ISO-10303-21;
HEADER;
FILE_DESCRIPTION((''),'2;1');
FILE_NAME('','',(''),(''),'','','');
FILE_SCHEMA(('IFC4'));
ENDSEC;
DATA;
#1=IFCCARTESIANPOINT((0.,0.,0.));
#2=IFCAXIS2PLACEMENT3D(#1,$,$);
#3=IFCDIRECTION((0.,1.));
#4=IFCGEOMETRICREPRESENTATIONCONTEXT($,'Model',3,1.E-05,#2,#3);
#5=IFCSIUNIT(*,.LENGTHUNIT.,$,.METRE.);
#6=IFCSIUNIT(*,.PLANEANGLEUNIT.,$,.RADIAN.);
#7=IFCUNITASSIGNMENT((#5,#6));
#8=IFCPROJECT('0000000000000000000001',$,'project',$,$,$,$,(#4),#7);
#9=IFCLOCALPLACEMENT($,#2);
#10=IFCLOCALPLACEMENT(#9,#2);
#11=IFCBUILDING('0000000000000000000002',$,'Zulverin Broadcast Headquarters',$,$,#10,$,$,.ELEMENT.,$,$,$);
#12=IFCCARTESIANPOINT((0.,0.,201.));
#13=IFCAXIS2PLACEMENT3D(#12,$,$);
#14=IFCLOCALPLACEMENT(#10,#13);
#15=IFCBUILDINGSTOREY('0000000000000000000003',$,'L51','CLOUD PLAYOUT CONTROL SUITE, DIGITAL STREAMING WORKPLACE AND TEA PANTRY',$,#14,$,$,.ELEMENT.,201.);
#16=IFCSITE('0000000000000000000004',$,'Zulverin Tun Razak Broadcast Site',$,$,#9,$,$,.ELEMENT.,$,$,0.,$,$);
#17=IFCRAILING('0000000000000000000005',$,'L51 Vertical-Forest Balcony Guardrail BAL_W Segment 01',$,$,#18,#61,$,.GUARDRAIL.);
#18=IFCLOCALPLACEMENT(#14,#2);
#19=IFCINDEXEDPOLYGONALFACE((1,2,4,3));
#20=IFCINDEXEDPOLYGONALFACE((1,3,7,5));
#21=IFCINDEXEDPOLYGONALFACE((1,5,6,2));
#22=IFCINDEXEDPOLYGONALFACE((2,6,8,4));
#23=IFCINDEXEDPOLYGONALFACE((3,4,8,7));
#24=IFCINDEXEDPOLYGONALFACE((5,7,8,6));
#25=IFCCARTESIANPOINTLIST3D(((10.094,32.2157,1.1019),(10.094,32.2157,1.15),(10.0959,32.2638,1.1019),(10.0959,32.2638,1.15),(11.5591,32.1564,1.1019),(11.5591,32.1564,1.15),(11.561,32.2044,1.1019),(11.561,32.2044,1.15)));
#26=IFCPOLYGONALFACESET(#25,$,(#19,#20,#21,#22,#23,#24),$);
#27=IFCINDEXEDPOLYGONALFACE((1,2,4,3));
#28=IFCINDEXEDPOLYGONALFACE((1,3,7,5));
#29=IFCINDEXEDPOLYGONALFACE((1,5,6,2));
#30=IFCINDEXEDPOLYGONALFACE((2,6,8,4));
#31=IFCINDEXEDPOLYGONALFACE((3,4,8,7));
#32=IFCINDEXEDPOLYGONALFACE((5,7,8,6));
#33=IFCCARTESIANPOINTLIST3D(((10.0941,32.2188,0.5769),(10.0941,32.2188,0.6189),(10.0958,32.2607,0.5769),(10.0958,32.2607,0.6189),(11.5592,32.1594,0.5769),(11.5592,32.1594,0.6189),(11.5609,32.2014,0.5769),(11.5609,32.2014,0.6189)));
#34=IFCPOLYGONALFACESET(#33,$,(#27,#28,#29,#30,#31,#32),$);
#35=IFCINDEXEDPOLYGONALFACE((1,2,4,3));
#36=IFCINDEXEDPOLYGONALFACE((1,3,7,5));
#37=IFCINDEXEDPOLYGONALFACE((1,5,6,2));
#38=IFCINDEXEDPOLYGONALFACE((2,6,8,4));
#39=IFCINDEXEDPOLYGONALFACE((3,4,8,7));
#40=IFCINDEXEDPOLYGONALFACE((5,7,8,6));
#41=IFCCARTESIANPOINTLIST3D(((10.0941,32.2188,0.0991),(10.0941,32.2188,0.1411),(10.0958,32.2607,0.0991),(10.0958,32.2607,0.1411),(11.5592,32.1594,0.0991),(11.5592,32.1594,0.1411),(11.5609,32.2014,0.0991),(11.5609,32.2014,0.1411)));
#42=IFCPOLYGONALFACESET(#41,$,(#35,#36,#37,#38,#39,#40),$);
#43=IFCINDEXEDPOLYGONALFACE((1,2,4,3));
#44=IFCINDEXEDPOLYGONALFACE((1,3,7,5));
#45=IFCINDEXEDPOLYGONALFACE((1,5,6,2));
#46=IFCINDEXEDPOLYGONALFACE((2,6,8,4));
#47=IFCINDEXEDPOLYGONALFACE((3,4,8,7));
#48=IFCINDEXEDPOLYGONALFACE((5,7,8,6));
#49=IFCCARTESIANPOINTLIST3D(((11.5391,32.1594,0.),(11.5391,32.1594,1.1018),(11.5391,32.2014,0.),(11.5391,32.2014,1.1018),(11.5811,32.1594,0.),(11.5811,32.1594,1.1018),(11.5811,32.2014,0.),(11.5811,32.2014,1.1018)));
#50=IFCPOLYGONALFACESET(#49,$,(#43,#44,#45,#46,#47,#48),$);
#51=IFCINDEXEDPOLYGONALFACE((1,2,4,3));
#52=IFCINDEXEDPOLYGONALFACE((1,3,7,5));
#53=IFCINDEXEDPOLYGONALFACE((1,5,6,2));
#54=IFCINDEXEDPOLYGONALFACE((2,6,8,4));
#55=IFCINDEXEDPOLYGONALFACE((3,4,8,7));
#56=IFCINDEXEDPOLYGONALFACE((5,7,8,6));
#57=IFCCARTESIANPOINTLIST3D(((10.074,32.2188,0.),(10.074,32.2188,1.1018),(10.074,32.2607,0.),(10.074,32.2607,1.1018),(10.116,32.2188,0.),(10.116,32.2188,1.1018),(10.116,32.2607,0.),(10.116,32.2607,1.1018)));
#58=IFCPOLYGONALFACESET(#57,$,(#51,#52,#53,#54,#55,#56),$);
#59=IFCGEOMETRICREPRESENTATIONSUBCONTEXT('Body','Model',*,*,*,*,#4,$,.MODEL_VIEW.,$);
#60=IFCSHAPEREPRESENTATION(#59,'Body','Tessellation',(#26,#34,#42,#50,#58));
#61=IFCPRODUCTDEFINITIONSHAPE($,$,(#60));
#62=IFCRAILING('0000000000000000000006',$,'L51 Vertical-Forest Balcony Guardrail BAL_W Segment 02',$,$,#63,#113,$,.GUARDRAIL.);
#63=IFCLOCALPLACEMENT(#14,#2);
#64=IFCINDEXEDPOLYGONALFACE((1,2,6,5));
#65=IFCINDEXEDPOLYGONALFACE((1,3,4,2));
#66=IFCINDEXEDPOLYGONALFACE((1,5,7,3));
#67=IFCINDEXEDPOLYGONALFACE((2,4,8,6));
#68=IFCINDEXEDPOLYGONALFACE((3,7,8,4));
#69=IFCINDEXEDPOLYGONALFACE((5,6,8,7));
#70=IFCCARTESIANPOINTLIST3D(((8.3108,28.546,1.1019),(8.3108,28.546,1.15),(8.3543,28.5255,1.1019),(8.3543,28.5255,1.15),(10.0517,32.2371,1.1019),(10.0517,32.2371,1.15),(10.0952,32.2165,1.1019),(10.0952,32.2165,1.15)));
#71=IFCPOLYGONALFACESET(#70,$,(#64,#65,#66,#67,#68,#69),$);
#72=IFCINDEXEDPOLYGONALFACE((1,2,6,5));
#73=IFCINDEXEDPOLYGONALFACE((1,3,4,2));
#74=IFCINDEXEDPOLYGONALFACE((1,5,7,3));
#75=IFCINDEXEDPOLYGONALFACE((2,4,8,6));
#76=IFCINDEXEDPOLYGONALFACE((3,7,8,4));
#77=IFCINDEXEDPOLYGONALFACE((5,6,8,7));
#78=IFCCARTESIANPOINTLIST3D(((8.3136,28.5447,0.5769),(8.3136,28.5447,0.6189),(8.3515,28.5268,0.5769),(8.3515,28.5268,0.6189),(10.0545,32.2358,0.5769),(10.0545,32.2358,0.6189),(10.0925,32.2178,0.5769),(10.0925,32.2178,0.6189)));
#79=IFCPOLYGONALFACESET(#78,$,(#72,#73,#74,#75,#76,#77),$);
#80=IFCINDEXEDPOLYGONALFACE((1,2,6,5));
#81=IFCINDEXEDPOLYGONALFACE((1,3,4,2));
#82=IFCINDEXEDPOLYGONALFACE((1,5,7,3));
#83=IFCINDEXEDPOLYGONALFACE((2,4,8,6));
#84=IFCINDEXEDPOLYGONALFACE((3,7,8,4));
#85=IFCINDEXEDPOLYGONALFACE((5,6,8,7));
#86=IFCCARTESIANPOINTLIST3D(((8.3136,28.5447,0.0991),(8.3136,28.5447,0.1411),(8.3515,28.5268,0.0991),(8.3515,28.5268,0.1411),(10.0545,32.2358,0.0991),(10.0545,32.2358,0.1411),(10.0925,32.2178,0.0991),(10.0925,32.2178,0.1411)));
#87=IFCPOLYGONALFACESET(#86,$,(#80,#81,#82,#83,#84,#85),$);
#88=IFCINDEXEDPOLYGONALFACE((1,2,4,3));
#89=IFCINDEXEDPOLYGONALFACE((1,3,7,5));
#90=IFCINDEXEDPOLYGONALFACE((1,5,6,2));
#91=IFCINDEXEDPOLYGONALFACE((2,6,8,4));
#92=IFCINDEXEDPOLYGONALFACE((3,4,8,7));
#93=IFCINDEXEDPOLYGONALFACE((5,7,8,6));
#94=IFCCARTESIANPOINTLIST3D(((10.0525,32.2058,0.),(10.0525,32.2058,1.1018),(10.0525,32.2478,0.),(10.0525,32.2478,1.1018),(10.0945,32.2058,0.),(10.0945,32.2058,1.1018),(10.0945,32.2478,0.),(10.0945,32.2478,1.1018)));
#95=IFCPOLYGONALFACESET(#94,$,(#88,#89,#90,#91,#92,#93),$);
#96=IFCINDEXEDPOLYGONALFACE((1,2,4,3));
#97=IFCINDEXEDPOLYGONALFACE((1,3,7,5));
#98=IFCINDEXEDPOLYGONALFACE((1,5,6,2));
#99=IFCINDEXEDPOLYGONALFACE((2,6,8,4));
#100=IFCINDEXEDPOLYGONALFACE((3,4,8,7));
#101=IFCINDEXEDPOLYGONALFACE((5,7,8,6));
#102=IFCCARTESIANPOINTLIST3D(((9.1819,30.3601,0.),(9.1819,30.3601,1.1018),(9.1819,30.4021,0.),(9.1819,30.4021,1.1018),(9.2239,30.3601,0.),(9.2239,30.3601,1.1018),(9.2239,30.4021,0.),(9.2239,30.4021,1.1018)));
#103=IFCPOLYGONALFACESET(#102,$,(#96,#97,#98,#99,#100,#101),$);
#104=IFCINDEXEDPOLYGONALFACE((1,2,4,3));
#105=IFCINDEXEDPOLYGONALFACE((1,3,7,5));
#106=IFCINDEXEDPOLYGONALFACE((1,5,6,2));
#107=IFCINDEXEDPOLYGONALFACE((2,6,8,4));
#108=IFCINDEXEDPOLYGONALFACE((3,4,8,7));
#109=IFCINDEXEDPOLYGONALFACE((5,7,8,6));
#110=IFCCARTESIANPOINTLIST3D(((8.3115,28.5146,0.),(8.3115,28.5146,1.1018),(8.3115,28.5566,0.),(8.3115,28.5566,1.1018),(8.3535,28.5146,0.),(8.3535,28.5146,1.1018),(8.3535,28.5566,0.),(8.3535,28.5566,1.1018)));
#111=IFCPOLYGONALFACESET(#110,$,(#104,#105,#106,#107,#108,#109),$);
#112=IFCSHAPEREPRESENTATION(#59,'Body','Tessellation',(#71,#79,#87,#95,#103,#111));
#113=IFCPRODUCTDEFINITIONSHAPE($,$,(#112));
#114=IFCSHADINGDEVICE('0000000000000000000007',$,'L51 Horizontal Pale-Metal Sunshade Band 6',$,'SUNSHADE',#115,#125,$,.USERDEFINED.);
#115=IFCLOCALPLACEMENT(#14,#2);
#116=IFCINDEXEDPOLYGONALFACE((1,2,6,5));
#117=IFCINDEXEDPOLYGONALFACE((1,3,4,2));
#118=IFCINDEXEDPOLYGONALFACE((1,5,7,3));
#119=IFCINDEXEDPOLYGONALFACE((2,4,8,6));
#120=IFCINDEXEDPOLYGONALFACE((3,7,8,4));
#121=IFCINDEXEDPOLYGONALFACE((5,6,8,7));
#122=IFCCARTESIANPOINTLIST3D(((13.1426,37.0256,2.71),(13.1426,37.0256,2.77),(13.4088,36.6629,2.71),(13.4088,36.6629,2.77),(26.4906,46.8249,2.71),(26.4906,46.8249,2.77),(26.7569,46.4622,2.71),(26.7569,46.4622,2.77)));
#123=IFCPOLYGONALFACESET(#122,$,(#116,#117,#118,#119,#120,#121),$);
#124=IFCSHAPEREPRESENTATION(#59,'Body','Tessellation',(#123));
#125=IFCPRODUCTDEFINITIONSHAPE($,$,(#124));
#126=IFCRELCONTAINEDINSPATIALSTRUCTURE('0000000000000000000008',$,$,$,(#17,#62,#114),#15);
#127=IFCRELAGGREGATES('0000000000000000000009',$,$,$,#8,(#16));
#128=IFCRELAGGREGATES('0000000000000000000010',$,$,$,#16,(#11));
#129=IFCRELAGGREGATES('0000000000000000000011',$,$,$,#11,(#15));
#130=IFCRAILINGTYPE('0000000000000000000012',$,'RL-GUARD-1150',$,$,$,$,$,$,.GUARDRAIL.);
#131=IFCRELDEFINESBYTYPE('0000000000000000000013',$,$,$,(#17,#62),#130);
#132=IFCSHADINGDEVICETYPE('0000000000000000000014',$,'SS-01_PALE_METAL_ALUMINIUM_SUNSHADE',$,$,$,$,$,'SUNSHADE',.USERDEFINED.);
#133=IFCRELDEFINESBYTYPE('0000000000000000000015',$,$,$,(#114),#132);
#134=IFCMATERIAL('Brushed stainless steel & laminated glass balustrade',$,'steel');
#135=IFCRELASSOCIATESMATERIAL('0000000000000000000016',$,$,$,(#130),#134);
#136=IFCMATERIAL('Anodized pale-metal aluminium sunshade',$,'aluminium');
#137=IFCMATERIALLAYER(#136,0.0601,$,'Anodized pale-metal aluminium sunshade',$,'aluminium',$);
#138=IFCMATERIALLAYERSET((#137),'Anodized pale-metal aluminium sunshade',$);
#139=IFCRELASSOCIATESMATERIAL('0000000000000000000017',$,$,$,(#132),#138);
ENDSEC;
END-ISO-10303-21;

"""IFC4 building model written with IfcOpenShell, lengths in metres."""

from ifc_helpers import new_model, si_unit, direction, frame, origin, origin_2d, place, context, subcontext, project, spatial, rectangle, extrude, material, layer, layer_set, type_object, element, save


model = new_model("IFC4")

# Units and contexts
model_context = context("Model", 3, precision=1e-05, world=origin(), true_north=direction((0.0, 1.0)))
body_context = subcontext(model_context, "Body", "Model", "MODEL_VIEW")
ifc_project = project(units=[si_unit("LENGTHUNIT", "METRE"), si_unit("PLANEANGLEUNIT", "RADIAN")], contexts=[model_context])

# Site, building, storey
site_placement = place(None, origin())
site = spatial("IfcSite", under=ifc_project, at=site_placement, Name="Zulverin Tun Razak Broadcast Site", CompositionType="ELEMENT", RefElevation=0.0)
building_placement = place(site_placement, origin())
building = spatial("IfcBuilding", under=site, at=building_placement, Name="Zulverin Broadcast Headquarters", CompositionType="ELEMENT")
storey_placement = place(building_placement, frame((0.0, 0.0, 201.0)))
storey = spatial("IfcBuildingStorey", under=building, at=storey_placement, Name="L51", Description="CLOUD PLAYOUT CONTROL SUITE, DIGITAL STREAMING WORKPLACE AND TEA PANTRY", CompositionType="ELEMENT", Elevation=201.0)

# Railings
ifc_material_1 = material(Name="Brushed stainless steel & laminated glass balustrade", Category="steel")
railing_type = type_object("IfcRailingType", Name="RL-GUARD-1150", PredefinedType="GUARDRAIL", material=ifc_material_1)
railing_1_placement = place(storey_placement, frame((11.5601, 32.1804, 0.0)))
element("IfcRailing", 1, at=railing_1_placement, inside=storey, type_object=railing_type, Name="L51 Vertical-Forest Balcony Guardrail BAL_W Segment 01", PredefinedType="GUARDRAIL", context=body_context, shape_type="SweptSolid", body=[
    extrude(rectangle(XDim=0.0481, YDim=0.0481, at=origin_2d()), frame((0.0, 0.0, 1.126), z_axis=(-0.999181, 0.04046, 0.0), x_axis=(-0.04046, -0.999181, 0.0)), (0.0, 0.0, 1.0), 1.4663),
    extrude(rectangle(XDim=0.042, YDim=0.042, at=origin_2d()), frame((0.0, 0.0, 0.5979), z_axis=(-0.999181, 0.04046, 0.0), x_axis=(-0.04046, -0.999181, 0.0)), (0.0, 0.0, 1.0), 1.4663),
    extrude(rectangle(XDim=0.042, YDim=0.042, at=origin_2d()), frame((0.0, 0.0, 0.1201), z_axis=(-0.999181, 0.04046, 0.0), x_axis=(-0.04046, -0.999181, 0.0)), (0.0, 0.0, 1.0), 1.4663),
    extrude(rectangle(XDim=0.042, YDim=0.042, at=origin_2d()), origin(), (0.0, 0.0, 1.0), 1.1018),
    extrude(rectangle(XDim=0.042, YDim=0.042, at=origin_2d()), frame((-1.4651, 0.0593, 0.0)), (0.0, 0.0, 1.0), 1.1018),
])
railing_2_placement = place(storey_placement, frame((10.0735, 32.2268, 0.0)))
element("IfcRailing", 2, at=railing_2_placement, inside=storey, type_object=railing_type, Name="L51 Vertical-Forest Balcony Guardrail BAL_W Segment 02", PredefinedType="GUARDRAIL", context=body_context, shape_type="SweptSolid", body=[
    extrude(rectangle(XDim=0.0481, YDim=0.0481, at=origin_2d()), frame((0.0, 0.0, 1.126), z_axis=(-0.426589, -0.904446, 0.0), x_axis=(0.904446, -0.426589, 0.0)), (0.0, 0.0, 1.0), 4.0811),
    extrude(rectangle(XDim=0.042, YDim=0.042, at=origin_2d()), frame((0.0, 0.0, 0.5979), z_axis=(-0.426589, -0.904446, 0.0), x_axis=(0.904446, -0.426589, 0.0)), (0.0, 0.0, 1.0), 4.0811),
    extrude(rectangle(XDim=0.042, YDim=0.042, at=origin_2d()), frame((0.0, 0.0, 0.1201), z_axis=(-0.426589, -0.904446, 0.0), x_axis=(0.904446, -0.426589, 0.0)), (0.0, 0.0, 1.0), 4.0811),
    extrude(rectangle(XDim=0.042, YDim=0.042, at=origin_2d()), origin(), (0.0, 0.0, 1.0), 1.1018),
    extrude(rectangle(XDim=0.042, YDim=0.042, at=origin_2d()), frame((-0.8706, -1.8457, 0.0)), (0.0, 0.0, 1.0), 1.1018),
    extrude(rectangle(XDim=0.042, YDim=0.042, at=origin_2d()), frame((-1.741, -3.6912, 0.0)), (0.0, 0.0, 1.0), 1.1018),
])

# Shading device
ifc_material_2 = material(Name="Anodized pale-metal aluminium sunshade", Category="aluminium")
ifc_layer_1 = layer(ifc_material_2, 0.0601, Name="Anodized pale-metal aluminium sunshade", Category="aluminium")
ifc_layer_set_1 = layer_set([ifc_layer_1], Name="Anodized pale-metal aluminium sunshade")
shading_device_type = type_object("IfcShadingDeviceType", Name="SS-01_PALE_METAL_ALUMINIUM_SUNSHADE", ElementType="SUNSHADE", PredefinedType="USERDEFINED", material=ifc_layer_set_1)
shading_device_placement = place(storey_placement, frame((19.9497, 41.7439, 2.71), z_axis=(0.0, 0.0, 1.0), x_axis=(-0.806097, -0.591784, 0.0)))
element("IfcShadingDevice", 3, at=shading_device_placement, inside=storey, type_object=shading_device_type, Name="L51 Horizontal Pale-Metal Sunshade Band 6", ObjectType="SUNSHADE", PredefinedType="USERDEFINED", context=body_context, shape_type="SweptSolid", body=[
    extrude(rectangle(XDim=16.5588, YDim=0.45, at=origin_2d()), origin(), (0.0, 0.0, 1.0), 0.0601),
])

save(model, "model.ifc")
